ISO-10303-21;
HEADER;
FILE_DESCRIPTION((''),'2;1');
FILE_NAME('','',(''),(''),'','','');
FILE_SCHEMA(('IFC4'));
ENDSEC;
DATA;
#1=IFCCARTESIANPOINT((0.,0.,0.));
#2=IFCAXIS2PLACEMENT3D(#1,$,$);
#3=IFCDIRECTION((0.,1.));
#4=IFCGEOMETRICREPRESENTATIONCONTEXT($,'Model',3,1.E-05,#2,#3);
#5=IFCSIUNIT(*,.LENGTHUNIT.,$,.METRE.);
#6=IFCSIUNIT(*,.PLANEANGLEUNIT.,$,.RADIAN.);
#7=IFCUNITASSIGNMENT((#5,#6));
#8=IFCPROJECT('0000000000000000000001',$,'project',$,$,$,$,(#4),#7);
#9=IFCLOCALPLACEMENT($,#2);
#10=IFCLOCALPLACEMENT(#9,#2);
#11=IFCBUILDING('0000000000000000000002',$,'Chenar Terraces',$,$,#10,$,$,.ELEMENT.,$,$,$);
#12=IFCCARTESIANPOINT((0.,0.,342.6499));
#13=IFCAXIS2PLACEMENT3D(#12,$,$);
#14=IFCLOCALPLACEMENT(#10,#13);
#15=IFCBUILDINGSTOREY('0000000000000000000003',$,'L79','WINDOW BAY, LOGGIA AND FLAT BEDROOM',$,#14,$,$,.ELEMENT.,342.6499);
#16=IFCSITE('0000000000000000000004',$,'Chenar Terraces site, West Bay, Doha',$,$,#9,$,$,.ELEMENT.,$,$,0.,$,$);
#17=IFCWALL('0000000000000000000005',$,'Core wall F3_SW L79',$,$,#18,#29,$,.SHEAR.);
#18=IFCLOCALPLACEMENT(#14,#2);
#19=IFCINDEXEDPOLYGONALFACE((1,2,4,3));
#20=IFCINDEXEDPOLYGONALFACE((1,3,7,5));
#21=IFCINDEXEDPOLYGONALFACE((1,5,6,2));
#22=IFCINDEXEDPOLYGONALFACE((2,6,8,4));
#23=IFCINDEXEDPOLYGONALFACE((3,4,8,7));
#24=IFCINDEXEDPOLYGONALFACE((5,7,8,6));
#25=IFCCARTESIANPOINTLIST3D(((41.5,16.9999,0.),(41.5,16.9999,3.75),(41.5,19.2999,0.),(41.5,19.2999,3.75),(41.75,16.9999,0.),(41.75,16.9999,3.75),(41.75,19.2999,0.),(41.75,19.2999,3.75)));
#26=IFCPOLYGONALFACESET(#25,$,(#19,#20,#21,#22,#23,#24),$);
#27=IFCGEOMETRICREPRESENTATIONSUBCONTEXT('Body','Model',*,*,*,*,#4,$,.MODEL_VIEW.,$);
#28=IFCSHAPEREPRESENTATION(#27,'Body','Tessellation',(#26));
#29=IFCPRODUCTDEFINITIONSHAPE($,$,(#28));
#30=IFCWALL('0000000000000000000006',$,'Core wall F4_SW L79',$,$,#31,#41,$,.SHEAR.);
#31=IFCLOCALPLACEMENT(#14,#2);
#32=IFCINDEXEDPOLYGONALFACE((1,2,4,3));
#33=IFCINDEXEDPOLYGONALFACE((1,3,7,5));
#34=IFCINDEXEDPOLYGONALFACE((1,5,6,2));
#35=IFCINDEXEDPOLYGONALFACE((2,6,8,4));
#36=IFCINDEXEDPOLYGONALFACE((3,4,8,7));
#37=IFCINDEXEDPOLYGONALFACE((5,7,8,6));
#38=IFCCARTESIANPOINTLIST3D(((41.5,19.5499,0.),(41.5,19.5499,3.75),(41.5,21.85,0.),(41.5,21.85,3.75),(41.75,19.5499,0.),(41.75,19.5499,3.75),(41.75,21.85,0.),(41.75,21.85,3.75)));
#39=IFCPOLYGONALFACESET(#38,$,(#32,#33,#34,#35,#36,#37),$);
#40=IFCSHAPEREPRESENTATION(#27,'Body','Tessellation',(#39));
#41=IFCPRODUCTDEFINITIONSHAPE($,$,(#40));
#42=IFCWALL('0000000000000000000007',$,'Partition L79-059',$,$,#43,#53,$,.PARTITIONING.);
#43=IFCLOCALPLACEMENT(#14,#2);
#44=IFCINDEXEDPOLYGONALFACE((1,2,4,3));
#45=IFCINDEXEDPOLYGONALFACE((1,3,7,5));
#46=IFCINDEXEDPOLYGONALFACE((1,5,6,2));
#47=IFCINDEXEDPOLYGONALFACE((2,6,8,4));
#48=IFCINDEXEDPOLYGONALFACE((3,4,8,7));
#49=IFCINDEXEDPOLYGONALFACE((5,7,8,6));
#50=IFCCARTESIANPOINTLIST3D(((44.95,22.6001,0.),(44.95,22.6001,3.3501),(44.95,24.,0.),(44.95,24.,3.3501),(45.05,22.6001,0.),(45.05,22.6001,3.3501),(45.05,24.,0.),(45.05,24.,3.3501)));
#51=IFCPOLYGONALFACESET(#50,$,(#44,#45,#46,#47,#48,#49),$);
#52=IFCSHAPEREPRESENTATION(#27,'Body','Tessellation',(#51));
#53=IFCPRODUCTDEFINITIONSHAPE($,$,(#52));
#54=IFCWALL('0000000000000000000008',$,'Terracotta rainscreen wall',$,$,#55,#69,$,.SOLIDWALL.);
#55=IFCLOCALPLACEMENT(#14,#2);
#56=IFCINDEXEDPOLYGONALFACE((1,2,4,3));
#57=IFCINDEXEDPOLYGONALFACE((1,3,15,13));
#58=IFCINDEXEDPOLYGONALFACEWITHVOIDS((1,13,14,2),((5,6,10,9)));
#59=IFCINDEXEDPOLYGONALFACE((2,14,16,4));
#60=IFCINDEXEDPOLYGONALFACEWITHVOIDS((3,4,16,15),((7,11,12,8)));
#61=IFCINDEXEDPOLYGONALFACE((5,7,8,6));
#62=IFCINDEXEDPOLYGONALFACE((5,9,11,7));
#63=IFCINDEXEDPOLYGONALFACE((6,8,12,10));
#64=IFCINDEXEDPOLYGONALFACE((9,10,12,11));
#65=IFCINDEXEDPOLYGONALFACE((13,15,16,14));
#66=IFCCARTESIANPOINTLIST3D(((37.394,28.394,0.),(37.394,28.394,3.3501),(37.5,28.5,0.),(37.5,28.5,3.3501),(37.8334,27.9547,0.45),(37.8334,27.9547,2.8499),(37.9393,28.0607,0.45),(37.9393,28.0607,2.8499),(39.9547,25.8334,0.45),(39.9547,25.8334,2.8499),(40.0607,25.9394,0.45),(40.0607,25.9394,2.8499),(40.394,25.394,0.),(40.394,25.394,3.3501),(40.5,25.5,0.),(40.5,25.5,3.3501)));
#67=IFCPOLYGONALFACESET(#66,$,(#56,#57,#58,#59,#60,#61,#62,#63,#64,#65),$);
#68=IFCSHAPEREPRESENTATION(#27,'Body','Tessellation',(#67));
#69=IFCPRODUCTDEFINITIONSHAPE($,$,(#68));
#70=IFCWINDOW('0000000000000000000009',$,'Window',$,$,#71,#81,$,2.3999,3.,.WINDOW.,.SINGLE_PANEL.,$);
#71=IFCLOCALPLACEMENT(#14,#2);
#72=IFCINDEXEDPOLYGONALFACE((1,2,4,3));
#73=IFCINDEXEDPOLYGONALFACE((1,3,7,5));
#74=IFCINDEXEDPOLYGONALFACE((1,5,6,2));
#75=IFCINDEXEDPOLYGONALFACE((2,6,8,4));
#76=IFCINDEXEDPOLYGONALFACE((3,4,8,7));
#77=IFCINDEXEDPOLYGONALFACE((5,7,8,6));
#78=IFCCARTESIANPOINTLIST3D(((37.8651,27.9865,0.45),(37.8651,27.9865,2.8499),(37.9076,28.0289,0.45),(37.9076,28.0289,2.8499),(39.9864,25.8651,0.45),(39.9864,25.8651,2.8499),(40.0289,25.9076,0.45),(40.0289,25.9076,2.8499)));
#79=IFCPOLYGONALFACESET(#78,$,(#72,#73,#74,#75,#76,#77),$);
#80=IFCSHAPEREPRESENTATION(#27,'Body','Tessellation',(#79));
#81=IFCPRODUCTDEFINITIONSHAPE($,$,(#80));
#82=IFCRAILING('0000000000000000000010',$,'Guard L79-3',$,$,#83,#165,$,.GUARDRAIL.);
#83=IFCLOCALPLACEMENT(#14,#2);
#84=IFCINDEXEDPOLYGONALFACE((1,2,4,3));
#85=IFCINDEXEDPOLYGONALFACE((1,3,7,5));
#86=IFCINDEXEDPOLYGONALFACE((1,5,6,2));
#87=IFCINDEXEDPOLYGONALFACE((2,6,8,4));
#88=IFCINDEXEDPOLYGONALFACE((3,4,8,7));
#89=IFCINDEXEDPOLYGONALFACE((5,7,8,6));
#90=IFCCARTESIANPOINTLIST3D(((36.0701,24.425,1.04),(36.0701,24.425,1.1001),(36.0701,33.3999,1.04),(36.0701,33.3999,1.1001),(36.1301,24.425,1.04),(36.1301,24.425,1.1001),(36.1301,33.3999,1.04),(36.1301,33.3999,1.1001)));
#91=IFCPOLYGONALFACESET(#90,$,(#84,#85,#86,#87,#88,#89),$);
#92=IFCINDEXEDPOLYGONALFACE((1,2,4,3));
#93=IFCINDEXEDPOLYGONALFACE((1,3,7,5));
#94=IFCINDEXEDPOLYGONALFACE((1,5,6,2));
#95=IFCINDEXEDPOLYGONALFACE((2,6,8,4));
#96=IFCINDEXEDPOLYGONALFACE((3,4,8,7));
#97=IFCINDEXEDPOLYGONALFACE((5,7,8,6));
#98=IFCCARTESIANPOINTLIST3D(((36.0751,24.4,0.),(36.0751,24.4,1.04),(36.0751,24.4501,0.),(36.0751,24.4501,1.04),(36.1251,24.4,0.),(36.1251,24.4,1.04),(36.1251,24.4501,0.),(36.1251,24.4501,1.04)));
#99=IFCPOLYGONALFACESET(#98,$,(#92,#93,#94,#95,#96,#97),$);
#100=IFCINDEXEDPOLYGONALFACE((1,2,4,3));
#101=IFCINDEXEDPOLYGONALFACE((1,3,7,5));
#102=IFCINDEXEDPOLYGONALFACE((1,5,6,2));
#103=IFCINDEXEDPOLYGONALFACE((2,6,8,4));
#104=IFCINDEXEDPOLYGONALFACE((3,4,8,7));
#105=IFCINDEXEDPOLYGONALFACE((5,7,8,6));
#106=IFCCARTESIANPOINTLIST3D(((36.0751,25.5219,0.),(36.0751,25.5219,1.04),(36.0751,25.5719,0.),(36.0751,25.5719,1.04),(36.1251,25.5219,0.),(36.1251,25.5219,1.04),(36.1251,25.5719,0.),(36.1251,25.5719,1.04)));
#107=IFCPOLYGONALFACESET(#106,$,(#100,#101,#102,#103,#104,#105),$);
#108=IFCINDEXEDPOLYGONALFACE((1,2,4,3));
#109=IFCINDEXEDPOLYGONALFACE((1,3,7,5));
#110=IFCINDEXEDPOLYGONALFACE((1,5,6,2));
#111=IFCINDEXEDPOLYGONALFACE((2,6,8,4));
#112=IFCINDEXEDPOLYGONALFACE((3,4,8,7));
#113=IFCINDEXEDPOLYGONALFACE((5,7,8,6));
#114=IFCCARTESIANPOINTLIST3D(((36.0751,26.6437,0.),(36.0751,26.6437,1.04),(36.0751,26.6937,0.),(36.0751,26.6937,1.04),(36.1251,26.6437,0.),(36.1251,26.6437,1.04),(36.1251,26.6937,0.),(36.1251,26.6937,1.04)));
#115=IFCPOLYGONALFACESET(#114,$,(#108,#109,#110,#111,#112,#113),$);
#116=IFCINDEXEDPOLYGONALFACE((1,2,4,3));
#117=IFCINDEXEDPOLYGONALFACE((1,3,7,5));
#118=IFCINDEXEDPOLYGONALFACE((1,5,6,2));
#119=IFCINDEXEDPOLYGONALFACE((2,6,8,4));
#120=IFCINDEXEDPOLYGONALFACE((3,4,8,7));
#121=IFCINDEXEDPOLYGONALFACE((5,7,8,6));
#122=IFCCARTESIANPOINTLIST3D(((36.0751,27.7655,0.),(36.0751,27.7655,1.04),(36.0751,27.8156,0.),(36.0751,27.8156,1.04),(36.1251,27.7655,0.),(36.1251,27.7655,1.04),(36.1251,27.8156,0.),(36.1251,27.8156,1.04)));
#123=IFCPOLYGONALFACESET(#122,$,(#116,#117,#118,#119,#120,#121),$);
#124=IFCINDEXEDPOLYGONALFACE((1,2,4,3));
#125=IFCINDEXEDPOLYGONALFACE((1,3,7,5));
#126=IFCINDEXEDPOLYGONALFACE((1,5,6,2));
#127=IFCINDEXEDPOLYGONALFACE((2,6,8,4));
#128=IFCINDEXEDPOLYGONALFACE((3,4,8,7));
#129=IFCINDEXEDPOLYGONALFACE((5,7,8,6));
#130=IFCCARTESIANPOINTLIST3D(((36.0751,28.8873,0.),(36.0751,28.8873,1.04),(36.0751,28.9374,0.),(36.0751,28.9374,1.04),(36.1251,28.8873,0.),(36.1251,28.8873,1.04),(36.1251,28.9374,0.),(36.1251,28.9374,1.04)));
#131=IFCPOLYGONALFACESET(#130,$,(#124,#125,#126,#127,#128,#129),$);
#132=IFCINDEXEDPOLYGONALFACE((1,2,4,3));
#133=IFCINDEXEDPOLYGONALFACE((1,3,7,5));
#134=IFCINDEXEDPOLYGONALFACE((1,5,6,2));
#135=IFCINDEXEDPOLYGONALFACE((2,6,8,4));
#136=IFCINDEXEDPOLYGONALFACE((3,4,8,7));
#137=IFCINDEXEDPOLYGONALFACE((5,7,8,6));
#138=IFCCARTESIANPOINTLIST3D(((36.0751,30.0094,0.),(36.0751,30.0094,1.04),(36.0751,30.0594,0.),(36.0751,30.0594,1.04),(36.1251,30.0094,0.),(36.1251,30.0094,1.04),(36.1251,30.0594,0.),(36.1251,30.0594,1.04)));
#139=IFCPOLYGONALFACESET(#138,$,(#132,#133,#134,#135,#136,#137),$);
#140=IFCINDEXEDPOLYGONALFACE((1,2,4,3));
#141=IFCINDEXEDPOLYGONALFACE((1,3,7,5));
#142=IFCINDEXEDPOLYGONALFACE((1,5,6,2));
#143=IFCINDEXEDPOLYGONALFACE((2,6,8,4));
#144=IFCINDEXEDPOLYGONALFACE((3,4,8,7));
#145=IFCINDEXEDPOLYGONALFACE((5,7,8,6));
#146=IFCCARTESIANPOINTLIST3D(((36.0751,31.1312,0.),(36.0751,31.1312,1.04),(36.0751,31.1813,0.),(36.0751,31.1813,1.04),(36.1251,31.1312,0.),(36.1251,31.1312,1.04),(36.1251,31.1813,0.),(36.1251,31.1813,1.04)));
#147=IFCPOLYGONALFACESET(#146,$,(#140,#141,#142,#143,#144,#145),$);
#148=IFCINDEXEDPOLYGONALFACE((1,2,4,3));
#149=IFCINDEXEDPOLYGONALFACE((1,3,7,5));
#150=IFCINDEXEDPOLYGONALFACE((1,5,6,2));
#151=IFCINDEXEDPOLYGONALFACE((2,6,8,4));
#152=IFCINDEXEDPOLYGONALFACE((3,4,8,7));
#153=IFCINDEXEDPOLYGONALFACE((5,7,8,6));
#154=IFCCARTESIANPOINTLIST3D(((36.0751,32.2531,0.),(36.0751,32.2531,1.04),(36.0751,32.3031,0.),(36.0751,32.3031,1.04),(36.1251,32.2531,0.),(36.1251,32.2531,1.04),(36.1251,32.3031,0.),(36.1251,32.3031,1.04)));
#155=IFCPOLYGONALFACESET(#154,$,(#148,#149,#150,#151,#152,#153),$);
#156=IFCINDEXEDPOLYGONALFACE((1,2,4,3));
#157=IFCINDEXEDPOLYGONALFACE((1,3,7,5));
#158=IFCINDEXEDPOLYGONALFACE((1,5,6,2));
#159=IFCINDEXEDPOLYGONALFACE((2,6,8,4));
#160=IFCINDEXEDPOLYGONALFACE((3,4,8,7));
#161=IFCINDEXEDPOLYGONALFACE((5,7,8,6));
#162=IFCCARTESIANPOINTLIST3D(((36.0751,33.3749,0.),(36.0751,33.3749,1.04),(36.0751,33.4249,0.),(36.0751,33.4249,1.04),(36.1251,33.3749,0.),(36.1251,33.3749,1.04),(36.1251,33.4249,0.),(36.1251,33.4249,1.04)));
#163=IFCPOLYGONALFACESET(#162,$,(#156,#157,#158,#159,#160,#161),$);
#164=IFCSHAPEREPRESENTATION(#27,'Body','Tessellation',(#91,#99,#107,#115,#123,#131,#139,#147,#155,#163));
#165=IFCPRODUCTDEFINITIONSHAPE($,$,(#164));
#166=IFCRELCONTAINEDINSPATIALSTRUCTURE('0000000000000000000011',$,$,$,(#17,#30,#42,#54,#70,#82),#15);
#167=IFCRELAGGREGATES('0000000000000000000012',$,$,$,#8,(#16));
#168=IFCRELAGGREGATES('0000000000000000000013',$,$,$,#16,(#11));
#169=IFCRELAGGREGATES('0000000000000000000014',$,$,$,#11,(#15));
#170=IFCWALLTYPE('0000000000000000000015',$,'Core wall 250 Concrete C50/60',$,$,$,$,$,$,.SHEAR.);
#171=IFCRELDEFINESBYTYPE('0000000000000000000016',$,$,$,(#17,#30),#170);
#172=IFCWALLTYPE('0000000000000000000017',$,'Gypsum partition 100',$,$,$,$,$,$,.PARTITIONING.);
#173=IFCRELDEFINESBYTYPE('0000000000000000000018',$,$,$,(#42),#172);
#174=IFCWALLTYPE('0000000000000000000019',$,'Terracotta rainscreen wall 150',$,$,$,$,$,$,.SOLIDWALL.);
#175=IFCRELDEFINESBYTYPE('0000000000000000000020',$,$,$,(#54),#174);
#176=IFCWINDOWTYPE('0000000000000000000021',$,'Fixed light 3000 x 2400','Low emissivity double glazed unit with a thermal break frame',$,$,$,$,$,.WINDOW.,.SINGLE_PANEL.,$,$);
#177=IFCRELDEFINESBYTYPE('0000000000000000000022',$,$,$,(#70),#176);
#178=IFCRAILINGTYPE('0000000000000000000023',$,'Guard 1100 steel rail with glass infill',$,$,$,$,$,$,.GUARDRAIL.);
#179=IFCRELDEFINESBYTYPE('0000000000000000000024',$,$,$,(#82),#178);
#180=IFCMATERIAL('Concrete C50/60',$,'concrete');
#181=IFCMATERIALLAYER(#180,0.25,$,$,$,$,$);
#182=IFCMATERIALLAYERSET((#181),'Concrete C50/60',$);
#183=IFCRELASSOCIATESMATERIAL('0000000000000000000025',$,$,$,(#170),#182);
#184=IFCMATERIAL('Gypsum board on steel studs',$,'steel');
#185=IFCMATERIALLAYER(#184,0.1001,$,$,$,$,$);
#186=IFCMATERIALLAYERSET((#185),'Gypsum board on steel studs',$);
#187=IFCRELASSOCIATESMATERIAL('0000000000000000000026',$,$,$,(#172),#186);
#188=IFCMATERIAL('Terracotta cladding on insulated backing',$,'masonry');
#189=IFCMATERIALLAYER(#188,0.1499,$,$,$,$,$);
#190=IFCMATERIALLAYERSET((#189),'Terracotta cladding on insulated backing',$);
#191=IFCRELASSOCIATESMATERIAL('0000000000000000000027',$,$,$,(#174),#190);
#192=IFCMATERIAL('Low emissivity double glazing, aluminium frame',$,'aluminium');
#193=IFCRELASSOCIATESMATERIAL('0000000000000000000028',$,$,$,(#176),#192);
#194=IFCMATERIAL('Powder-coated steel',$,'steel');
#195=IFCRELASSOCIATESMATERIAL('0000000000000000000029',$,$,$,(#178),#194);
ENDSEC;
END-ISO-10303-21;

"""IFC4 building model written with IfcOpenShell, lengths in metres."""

from ifc_helpers import new_model, si_unit, direction, frame, frame_2d, origin, origin_2d, place, context, subcontext, project, spatial, rectangle, extrude, material, layer, layer_set, type_object, element, fill, save


model = new_model("IFC4")

# Units and contexts
model_context = context("Model", 3, precision=1e-05, world=origin(), true_north=direction((0.0, 1.0)))
body_context = subcontext(model_context, "Body", "Model", "MODEL_VIEW")
ifc_project = project(units=[si_unit("LENGTHUNIT", "METRE"), si_unit("PLANEANGLEUNIT", "RADIAN")], contexts=[model_context])

# Site, building, storey
site_placement = place(None, origin())
site = spatial("IfcSite", under=ifc_project, at=site_placement, Name="Chenar Terraces site, West Bay, Doha", CompositionType="ELEMENT", RefElevation=0.0)
building_placement = place(site_placement, origin())
building = spatial("IfcBuilding", under=site, at=building_placement, Name="Chenar Terraces", CompositionType="ELEMENT")
storey_placement = place(building_placement, frame((0.0, 0.0, 342.6499)))
storey = spatial("IfcBuildingStorey", under=building, at=storey_placement, Name="L79", Description="WINDOW BAY, LOGGIA AND FLAT BEDROOM", CompositionType="ELEMENT", Elevation=342.6499)

# Shared definitions
ifc_material_1 = material(Name="Concrete C50/60", Category="concrete")
ifc_layer_1 = layer(ifc_material_1, 0.25)
ifc_layer_set_1 = layer_set([ifc_layer_1], Name="Concrete C50/60")
wall_type_1 = type_object("IfcWallType", Name="Core wall 250 Concrete C50/60", PredefinedType="SHEAR", material=ifc_layer_set_1)

# Walls
for number, where, z_axis, x_axis, name in (
    (1, (41.625, 17.0, 0.0), (0.0, 0.0, 1.0), (0.0, 1.0, 0.0), "Core wall F3_SW L79"),
    (2, (41.625, 19.55, 0.0), (0.0, 0.0, 1.0), (0.0, 1.0, 0.0), "Core wall F4_SW L79"),
):
    element("IfcWall", number, at=place(storey_placement, frame(where, z_axis=z_axis, x_axis=x_axis)), inside=storey, type_object=wall_type_1, Name=name, PredefinedType="SHEAR", context=body_context, shape_type="SweptSolid", body=[
        extrude(rectangle(XDim=2.3, YDim=0.25, at=frame_2d((1.1499, 0.0))), origin(), (0.0, 0.0, 1.0), 3.75),
    ])
ifc_material_2 = material(Name="Gypsum board on steel studs", Category="steel")
ifc_layer_2 = layer(ifc_material_2, 0.1001)
ifc_layer_set_2 = layer_set([ifc_layer_2], Name="Gypsum board on steel studs")
wall_type_2 = type_object("IfcWallType", Name="Gypsum partition 100", PredefinedType="PARTITIONING", material=ifc_layer_set_2)
wall_1_placement = place(storey_placement, frame((45.0, 22.6001, 0.0), z_axis=(0.0, 0.0, 1.0), x_axis=(0.0, 1.0, 0.0)))
element("IfcWall", 3, at=wall_1_placement, inside=storey, type_object=wall_type_2, Name="Partition L79-059", PredefinedType="PARTITIONING", context=body_context, shape_type="SweptSolid", body=[
    extrude(rectangle(XDim=1.3999, YDim=0.1001, at=frame_2d((0.7, 0.0))), origin(), (0.0, 0.0, 1.0), 3.3501),
])

# Wall, opening, window
ifc_material_3 = material(Name="Terracotta cladding on insulated backing", Category="masonry")
ifc_layer_3 = layer(ifc_material_3, 0.1499)
ifc_layer_set_3 = layer_set([ifc_layer_3], Name="Terracotta cladding on insulated backing")
wall_type_3 = type_object("IfcWallType", Name="Terracotta rainscreen wall 150", PredefinedType="SOLIDWALL", material=ifc_layer_set_3)
wall_2_placement = place(storey_placement, frame((40.447, 25.447, 0.0), z_axis=(0.0, 0.0, 1.0), x_axis=(-0.707107, 0.707107, 0.0)))
wall_2 = element("IfcWall", 4, at=wall_2_placement, inside=storey, type_object=wall_type_3, Name="Terracotta rainscreen wall", PredefinedType="SOLIDWALL", context=body_context, shape_type="SweptSolid", body=[
    extrude(rectangle(XDim=4.2427, YDim=0.1499, at=frame_2d((2.1213, 0.0))), origin(), (0.0, 0.0, 1.0), 3.3501),
])
opening_1_placement = place(wall_2_placement, frame((0.6213, 0.0, 0.45)))
opening_1 = element("IfcOpeningElement", 5, at=opening_1_placement, cuts=wall_2, PredefinedType="OPENING", context=body_context, shape_type="SweptSolid", body=[
    extrude(rectangle(XDim=3.0, YDim=2.3999, at=frame_2d((1.5, 1.2))), frame((0.0, 0.085, 0.0), z_axis=(0.0, -1.0, 0.0), x_axis=(1.0, 0.0, 0.0)), (0.0, 0.0, 1.0), 0.1699),
])
ifc_material_4 = material(Name="Low emissivity double glazing, aluminium frame", Category="aluminium")
window_type = type_object("IfcWindowType", Name="Fixed light 3000 x 2400", Description="Low emissivity double glazed unit with a thermal break frame", PartitioningType="SINGLE_PANEL", PredefinedType="WINDOW", material=ifc_material_4)
window_placement = place(opening_1_placement, origin())
window = element("IfcWindow", 6, at=window_placement, inside=storey, type_object=window_type, Name="Window", OverallHeight=2.3999, OverallWidth=3.0, PartitioningType="SINGLE_PANEL", PredefinedType="WINDOW", context=body_context, shape_type="SweptSolid", body=[
    extrude(rectangle(XDim=3.0, YDim=2.3999, at=frame_2d((1.5, 1.2))), frame((0.0, 0.03, 0.0), z_axis=(0.0, -1.0, 0.0), x_axis=(1.0, 0.0, 0.0)), (0.0, 0.0, 1.0), 0.0601),
])
fill(opening_1, window)

# Railing
ifc_material_5 = material(Name="Powder-coated steel", Category="steel")
railing_type = type_object("IfcRailingType", Name="Guard 1100 steel rail with glass infill", PredefinedType="GUARDRAIL", material=ifc_material_5)
railing_placement = place(storey_placement, frame((36.1001, 24.425, 0.0)))
element("IfcRailing", 7, at=railing_placement, inside=storey, type_object=railing_type, Name="Guard L79-3", PredefinedType="GUARDRAIL", context=body_context, shape_type="SweptSolid", body=[
    extrude(rectangle(XDim=0.0601, YDim=0.0601, at=origin_2d()), frame((0.0, 0.0, 1.0701), z_axis=(0.0, 1.0, 0.0), x_axis=(-1.0, 0.0, 0.0)), (0.0, 0.0, 1.0), 8.9749),
    extrude(rectangle(XDim=0.05, YDim=0.05, at=origin_2d()), origin(), (0.0, 0.0, 1.0), 1.04),
    extrude(rectangle(XDim=0.05, YDim=0.05, at=origin_2d()), frame((0.0, 1.1218, 0.0)), (0.0, 0.0, 1.0), 1.04),
    extrude(rectangle(XDim=0.05, YDim=0.05, at=origin_2d()), frame((0.0, 2.2437, 0.0)), (0.0, 0.0, 1.0), 1.04),
    extrude(rectangle(XDim=0.05, YDim=0.05, at=origin_2d()), frame((0.0, 3.3655, 0.0)), (0.0, 0.0, 1.0), 1.04),
    extrude(rectangle(XDim=0.05, YDim=0.05, at=origin_2d()), frame((0.0, 4.4873, 0.0)), (0.0, 0.0, 1.0), 1.04),
    extrude(rectangle(XDim=0.05, YDim=0.05, at=origin_2d()), frame((0.0, 5.6094, 0.0)), (0.0, 0.0, 1.0), 1.04),
    extrude(rectangle(XDim=0.05, YDim=0.05, at=origin_2d()), frame((0.0, 6.7312, 0.0)), (0.0, 0.0, 1.0), 1.04),
    extrude(rectangle(XDim=0.05, YDim=0.05, at=origin_2d()), frame((0.0, 7.853, 0.0)), (0.0, 0.0, 1.0), 1.04),
    extrude(rectangle(XDim=0.05, YDim=0.05, at=origin_2d()), frame((0.0, 8.9749, 0.0)), (0.0, 0.0, 1.0), 1.04),
])

save(model, "model.ifc")
